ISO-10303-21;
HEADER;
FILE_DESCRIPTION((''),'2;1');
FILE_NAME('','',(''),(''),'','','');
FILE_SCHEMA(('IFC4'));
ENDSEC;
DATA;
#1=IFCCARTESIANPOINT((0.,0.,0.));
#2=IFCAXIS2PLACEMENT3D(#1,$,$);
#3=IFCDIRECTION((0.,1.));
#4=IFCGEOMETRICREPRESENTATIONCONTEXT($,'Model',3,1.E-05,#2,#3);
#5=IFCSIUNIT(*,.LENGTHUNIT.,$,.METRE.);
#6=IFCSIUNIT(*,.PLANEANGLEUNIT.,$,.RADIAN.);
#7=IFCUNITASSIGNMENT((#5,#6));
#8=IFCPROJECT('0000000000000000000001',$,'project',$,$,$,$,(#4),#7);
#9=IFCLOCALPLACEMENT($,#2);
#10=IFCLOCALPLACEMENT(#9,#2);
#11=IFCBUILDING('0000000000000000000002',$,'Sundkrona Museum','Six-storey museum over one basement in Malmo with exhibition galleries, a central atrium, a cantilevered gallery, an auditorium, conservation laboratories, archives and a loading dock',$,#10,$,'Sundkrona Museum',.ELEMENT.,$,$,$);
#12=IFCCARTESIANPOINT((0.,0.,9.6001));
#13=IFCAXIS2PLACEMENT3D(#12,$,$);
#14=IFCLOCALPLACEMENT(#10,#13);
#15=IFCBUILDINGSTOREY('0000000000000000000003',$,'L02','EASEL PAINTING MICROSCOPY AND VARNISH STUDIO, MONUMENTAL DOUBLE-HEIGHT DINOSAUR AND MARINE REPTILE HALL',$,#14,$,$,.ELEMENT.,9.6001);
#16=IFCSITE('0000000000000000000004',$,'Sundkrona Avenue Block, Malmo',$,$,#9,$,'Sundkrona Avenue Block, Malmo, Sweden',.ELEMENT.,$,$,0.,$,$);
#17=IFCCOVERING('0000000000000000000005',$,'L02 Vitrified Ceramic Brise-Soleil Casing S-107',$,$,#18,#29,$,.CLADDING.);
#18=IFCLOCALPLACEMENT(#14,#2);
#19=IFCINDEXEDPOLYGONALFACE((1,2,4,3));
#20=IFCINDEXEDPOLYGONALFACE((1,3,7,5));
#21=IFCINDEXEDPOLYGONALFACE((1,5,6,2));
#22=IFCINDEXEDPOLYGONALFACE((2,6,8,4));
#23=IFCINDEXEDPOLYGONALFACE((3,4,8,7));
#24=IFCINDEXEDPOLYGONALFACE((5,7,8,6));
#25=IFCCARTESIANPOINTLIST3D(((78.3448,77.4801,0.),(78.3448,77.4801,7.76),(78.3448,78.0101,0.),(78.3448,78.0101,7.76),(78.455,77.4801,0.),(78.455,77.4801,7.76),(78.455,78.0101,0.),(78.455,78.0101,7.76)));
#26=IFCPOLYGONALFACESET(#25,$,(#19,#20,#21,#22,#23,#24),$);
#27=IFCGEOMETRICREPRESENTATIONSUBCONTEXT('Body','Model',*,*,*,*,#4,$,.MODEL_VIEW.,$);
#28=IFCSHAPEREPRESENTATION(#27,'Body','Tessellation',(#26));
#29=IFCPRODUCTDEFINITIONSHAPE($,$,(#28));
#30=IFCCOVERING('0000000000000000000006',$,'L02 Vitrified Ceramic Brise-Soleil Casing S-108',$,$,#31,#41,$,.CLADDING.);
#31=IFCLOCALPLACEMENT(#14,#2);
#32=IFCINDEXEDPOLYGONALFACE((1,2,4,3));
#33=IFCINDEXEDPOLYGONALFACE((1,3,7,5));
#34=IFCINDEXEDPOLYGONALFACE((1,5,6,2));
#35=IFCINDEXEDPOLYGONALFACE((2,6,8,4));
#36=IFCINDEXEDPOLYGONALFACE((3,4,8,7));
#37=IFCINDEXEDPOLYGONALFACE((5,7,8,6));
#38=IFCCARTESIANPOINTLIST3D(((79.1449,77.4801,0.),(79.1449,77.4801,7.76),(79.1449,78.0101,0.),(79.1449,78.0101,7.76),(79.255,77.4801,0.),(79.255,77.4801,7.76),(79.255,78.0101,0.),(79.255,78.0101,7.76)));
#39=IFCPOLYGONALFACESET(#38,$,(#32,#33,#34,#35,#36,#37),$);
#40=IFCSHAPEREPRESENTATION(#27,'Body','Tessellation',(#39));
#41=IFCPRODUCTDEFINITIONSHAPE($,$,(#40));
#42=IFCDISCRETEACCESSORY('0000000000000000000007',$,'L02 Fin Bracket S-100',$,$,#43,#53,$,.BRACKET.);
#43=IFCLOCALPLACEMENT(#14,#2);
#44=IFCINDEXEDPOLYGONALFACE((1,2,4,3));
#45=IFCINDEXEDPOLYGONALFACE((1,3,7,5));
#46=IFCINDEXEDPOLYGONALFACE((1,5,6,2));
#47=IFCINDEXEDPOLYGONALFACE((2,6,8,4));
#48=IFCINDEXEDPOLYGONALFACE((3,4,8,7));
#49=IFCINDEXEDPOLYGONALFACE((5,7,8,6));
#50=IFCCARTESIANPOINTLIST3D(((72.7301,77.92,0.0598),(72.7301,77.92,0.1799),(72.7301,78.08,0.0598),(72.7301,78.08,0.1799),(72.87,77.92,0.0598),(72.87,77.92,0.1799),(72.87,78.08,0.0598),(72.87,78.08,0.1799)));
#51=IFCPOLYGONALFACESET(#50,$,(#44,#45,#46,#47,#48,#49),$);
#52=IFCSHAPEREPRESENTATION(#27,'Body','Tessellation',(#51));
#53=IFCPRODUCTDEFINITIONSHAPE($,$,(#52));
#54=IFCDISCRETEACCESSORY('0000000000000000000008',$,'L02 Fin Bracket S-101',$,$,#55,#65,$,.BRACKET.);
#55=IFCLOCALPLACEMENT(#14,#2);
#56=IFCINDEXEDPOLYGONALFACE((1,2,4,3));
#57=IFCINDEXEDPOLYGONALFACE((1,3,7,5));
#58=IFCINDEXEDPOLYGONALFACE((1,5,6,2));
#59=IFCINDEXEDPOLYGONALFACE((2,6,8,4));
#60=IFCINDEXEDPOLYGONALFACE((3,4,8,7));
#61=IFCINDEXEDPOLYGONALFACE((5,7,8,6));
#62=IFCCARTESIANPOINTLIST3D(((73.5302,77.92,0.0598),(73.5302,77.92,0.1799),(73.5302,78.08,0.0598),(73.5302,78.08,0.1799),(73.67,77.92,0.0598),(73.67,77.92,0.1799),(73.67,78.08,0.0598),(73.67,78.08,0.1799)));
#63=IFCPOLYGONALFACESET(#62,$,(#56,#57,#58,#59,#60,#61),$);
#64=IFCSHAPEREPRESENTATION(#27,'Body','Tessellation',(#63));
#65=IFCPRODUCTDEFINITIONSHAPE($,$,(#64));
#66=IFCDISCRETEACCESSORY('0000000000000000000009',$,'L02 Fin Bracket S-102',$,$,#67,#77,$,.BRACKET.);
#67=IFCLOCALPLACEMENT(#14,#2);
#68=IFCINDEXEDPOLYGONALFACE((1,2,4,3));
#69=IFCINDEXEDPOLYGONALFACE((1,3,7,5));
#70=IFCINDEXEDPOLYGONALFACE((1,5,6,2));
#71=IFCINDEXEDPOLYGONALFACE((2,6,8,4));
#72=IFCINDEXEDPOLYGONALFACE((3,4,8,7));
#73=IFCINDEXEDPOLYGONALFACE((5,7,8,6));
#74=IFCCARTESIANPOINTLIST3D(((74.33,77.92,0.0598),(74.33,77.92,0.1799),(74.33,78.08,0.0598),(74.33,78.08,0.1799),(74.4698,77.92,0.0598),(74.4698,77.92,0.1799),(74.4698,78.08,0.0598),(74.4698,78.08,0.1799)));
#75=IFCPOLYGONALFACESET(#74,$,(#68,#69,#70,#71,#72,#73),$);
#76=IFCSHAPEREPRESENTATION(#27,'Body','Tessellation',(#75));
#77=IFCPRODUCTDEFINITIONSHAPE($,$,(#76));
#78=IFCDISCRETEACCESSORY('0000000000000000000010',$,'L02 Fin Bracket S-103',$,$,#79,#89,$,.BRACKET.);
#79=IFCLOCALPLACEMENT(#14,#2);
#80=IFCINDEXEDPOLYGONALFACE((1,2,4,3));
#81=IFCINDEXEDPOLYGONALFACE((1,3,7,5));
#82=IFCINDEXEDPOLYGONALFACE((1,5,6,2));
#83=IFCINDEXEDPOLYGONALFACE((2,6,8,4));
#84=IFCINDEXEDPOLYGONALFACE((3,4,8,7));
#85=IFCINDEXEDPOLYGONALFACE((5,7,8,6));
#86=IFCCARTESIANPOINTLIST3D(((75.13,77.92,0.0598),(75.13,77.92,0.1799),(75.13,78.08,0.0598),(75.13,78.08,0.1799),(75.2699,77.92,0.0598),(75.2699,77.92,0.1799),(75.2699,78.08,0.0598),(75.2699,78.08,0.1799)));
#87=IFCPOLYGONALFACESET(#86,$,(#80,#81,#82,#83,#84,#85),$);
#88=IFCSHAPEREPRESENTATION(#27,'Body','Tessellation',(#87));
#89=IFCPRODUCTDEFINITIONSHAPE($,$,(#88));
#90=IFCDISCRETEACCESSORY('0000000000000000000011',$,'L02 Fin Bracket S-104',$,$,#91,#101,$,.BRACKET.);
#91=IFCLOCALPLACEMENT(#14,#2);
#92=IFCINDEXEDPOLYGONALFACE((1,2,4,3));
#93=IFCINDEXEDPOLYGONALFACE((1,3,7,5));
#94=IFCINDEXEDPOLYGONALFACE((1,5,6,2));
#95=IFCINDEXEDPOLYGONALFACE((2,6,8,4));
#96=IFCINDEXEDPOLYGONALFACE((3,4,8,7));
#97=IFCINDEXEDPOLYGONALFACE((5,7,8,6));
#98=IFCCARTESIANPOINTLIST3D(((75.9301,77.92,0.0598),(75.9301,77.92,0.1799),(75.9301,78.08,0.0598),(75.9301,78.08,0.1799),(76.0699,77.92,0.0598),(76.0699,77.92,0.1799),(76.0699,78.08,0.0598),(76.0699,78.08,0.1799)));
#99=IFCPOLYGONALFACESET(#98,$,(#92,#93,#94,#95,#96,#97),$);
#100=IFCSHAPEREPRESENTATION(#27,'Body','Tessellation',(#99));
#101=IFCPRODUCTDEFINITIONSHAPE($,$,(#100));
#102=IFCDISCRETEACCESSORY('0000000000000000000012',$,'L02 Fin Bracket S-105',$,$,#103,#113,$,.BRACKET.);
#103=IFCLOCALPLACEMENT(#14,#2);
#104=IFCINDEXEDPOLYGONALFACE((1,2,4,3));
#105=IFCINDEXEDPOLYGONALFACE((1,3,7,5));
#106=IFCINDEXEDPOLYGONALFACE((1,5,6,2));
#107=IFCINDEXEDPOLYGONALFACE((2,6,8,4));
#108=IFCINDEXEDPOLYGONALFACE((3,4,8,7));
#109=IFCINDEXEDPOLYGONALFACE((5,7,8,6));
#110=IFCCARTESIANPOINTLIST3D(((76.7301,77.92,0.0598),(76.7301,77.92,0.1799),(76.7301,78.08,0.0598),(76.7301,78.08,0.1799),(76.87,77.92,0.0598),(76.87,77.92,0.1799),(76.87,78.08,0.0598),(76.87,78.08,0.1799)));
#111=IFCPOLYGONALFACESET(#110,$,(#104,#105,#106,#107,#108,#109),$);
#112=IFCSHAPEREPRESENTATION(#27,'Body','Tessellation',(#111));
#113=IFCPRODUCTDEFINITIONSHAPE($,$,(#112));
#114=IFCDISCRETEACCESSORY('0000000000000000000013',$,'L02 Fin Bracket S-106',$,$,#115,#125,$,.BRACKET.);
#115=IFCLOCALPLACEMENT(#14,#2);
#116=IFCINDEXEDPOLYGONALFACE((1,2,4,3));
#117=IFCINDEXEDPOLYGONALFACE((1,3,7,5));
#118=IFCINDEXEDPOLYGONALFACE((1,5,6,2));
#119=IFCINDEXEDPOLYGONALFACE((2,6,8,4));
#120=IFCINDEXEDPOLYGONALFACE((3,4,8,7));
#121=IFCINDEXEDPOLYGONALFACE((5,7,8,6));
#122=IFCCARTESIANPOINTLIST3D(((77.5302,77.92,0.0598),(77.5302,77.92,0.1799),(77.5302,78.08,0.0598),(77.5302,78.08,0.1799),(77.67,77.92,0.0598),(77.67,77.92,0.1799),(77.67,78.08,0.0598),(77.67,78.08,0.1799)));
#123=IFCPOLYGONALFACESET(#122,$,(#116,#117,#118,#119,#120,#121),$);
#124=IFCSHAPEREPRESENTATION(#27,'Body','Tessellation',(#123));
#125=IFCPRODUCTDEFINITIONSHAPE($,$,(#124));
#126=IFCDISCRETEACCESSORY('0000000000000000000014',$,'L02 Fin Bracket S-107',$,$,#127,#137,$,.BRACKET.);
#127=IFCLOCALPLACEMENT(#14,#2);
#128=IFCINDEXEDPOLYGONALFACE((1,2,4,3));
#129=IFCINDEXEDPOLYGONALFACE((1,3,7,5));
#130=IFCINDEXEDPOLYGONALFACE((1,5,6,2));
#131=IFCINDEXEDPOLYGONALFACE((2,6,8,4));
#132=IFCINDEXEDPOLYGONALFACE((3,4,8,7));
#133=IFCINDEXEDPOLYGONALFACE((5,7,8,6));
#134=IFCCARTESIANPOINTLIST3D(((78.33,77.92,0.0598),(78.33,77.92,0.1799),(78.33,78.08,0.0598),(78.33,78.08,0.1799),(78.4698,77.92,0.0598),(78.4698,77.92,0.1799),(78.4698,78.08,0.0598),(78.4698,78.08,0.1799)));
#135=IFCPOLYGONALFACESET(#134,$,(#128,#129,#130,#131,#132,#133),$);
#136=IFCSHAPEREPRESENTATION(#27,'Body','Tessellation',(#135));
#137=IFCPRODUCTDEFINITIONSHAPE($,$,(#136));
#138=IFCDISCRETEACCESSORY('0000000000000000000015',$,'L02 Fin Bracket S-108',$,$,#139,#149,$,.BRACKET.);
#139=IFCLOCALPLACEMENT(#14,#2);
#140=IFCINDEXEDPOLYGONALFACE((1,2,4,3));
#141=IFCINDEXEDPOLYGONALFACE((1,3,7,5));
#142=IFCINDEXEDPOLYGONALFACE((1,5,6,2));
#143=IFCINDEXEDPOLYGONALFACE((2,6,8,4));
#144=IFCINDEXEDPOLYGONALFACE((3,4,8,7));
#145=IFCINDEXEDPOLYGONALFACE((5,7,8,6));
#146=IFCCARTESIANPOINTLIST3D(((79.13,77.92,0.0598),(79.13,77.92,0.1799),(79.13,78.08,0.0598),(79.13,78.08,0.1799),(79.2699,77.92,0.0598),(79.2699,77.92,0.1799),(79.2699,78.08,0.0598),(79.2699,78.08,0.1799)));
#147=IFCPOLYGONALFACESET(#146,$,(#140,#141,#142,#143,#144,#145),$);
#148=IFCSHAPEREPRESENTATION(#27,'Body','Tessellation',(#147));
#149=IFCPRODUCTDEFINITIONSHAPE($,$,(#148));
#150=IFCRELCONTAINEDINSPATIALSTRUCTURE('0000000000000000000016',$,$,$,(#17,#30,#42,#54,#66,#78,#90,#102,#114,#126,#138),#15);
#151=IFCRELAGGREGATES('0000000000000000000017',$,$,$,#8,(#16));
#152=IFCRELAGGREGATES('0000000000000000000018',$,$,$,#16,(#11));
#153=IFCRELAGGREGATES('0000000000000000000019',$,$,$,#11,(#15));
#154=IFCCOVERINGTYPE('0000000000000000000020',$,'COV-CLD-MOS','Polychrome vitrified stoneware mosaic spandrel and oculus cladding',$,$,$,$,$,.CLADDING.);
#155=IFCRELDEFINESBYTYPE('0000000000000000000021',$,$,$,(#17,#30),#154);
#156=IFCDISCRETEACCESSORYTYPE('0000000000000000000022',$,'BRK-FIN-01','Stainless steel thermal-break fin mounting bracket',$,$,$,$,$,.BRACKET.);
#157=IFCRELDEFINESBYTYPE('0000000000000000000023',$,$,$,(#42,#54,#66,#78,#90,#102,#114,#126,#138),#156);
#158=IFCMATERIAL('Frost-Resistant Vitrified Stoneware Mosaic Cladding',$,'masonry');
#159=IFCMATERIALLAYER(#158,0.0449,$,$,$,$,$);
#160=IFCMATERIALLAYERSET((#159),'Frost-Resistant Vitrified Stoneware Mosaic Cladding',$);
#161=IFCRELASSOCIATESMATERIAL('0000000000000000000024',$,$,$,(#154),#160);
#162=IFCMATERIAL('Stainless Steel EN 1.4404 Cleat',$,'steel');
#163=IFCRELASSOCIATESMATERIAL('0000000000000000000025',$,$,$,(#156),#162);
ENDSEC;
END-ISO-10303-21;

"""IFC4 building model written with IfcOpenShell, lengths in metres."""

from ifc_helpers import new_model, si_unit, direction, frame, origin, origin_2d, place, context, subcontext, project, spatial, rectangle, extrude, material, layer, layer_set, type_object, element, save


model = new_model("IFC4")

# Units and contexts
model_context = context("Model", 3, precision=1e-05, world=origin(), true_north=direction((0.0, 1.0)))
body_context = subcontext(model_context, "Body", "Model", "MODEL_VIEW")
ifc_project = project(units=[si_unit("LENGTHUNIT", "METRE"), si_unit("PLANEANGLEUNIT", "RADIAN")], contexts=[model_context])

# Site, building, storey
site_placement = place(None, origin())
site = spatial("IfcSite", under=ifc_project, at=site_placement, Name="Sundkrona Avenue Block, Malmo", LongName="Sundkrona Avenue Block, Malmo, Sweden", CompositionType="ELEMENT", RefElevation=0.0)
building_placement = place(site_placement, origin())
building = spatial("IfcBuilding", under=site, at=building_placement, Name="Sundkrona Museum", Description="Six-storey museum over one basement in Malmo with exhibition galleries, a central atrium, a cantilevered gallery, an auditorium, conservation laboratories, archives and a loading dock", LongName="Sundkrona Museum", CompositionType="ELEMENT")
storey_placement = place(building_placement, frame((0.0, 0.0, 9.6001)))
storey = spatial("IfcBuildingStorey", under=building, at=storey_placement, Name="L02", Description="EASEL PAINTING MICROSCOPY AND VARNISH STUDIO, MONUMENTAL DOUBLE-HEIGHT DINOSAUR AND MARINE REPTILE HALL", CompositionType="ELEMENT", Elevation=9.6001)

# Coverings
ifc_material_1 = material(Name="Frost-Resistant Vitrified Stoneware Mosaic Cladding", Category="masonry")
ifc_layer_1 = layer(ifc_material_1, 0.0449)
ifc_layer_set_1 = layer_set([ifc_layer_1], Name="Frost-Resistant Vitrified Stoneware Mosaic Cladding")
covering_type = type_object("IfcCoveringType", Name="COV-CLD-MOS", Description="Polychrome vitrified stoneware mosaic spandrel and oculus cladding", PredefinedType="CLADDING", material=ifc_layer_set_1)
for number, where, z_axis, x_axis, name in (
    (1, (78.3999, 77.7451, 0.0), (0.0, 0.0, 1.0), (1.0, 0.0, 0.0), "L02 Vitrified Ceramic Brise-Soleil Casing S-107"),
    (2, (79.2, 77.7451, 0.0), (0.0, 0.0, 1.0), (1.0, 0.0, 0.0), "L02 Vitrified Ceramic Brise-Soleil Casing S-108"),
):
    element("IfcCovering", number, at=place(storey_placement, frame(where, z_axis=z_axis, x_axis=x_axis)), inside=storey, type_object=covering_type, Name=name, PredefinedType="CLADDING", context=body_context, shape_type="SweptSolid", body=[
        extrude(rectangle(XDim=0.1101, YDim=0.53, at=origin_2d()), origin(), (0.0, 0.0, 1.0), 7.76),
    ])

# Discrete accessories
ifc_material_2 = material(Name="Stainless Steel EN 1.4404 Cleat", Category="steel")
discrete_accessory_type = type_object("IfcDiscreteAccessoryType", Name="BRK-FIN-01", Description="Stainless steel thermal-break fin mounting bracket", PredefinedType="BRACKET", material=ifc_material_2)
for number, where, z_axis, x_axis, name in (
    (3, (72.8, 78.0, 0.0598), (0.0, 0.0, 1.0), (1.0, 0.0, 0.0), "L02 Fin Bracket S-100"),
    (4, (73.6001, 78.0, 0.0598), (0.0, 0.0, 1.0), (1.0, 0.0, 0.0), "L02 Fin Bracket S-101"),
    (5, (74.3999, 78.0, 0.0598), (0.0, 0.0, 1.0), (1.0, 0.0, 0.0), "L02 Fin Bracket S-102"),
    (6, (75.2, 78.0, 0.0598), (0.0, 0.0, 1.0), (1.0, 0.0, 0.0), "L02 Fin Bracket S-103"),
    (7, (76.0, 78.0, 0.0598), (0.0, 0.0, 1.0), (1.0, 0.0, 0.0), "L02 Fin Bracket S-104"),
    (8, (76.8, 78.0, 0.0598), (0.0, 0.0, 1.0), (1.0, 0.0, 0.0), "L02 Fin Bracket S-105"),
    (9, (77.6001, 78.0, 0.0598), (0.0, 0.0, 1.0), (1.0, 0.0, 0.0), "L02 Fin Bracket S-106"),
    (10, (78.3999, 78.0, 0.0598), (0.0, 0.0, 1.0), (1.0, 0.0, 0.0), "L02 Fin Bracket S-107"),
    (11, (79.2, 78.0, 0.0598), (0.0, 0.0, 1.0), (1.0, 0.0, 0.0), "L02 Fin Bracket S-108"),
):
    element("IfcDiscreteAccessory", number, at=place(storey_placement, frame(where, z_axis=z_axis, x_axis=x_axis)), inside=storey, type_object=discrete_accessory_type, Name=name, PredefinedType="BRACKET", context=body_context, shape_type="SweptSolid", body=[
        extrude(rectangle(XDim=0.1399, YDim=0.1599, at=origin_2d()), origin(), (0.0, 0.0, 1.0), 0.1201),
    ])

save(model, "model.ifc")
